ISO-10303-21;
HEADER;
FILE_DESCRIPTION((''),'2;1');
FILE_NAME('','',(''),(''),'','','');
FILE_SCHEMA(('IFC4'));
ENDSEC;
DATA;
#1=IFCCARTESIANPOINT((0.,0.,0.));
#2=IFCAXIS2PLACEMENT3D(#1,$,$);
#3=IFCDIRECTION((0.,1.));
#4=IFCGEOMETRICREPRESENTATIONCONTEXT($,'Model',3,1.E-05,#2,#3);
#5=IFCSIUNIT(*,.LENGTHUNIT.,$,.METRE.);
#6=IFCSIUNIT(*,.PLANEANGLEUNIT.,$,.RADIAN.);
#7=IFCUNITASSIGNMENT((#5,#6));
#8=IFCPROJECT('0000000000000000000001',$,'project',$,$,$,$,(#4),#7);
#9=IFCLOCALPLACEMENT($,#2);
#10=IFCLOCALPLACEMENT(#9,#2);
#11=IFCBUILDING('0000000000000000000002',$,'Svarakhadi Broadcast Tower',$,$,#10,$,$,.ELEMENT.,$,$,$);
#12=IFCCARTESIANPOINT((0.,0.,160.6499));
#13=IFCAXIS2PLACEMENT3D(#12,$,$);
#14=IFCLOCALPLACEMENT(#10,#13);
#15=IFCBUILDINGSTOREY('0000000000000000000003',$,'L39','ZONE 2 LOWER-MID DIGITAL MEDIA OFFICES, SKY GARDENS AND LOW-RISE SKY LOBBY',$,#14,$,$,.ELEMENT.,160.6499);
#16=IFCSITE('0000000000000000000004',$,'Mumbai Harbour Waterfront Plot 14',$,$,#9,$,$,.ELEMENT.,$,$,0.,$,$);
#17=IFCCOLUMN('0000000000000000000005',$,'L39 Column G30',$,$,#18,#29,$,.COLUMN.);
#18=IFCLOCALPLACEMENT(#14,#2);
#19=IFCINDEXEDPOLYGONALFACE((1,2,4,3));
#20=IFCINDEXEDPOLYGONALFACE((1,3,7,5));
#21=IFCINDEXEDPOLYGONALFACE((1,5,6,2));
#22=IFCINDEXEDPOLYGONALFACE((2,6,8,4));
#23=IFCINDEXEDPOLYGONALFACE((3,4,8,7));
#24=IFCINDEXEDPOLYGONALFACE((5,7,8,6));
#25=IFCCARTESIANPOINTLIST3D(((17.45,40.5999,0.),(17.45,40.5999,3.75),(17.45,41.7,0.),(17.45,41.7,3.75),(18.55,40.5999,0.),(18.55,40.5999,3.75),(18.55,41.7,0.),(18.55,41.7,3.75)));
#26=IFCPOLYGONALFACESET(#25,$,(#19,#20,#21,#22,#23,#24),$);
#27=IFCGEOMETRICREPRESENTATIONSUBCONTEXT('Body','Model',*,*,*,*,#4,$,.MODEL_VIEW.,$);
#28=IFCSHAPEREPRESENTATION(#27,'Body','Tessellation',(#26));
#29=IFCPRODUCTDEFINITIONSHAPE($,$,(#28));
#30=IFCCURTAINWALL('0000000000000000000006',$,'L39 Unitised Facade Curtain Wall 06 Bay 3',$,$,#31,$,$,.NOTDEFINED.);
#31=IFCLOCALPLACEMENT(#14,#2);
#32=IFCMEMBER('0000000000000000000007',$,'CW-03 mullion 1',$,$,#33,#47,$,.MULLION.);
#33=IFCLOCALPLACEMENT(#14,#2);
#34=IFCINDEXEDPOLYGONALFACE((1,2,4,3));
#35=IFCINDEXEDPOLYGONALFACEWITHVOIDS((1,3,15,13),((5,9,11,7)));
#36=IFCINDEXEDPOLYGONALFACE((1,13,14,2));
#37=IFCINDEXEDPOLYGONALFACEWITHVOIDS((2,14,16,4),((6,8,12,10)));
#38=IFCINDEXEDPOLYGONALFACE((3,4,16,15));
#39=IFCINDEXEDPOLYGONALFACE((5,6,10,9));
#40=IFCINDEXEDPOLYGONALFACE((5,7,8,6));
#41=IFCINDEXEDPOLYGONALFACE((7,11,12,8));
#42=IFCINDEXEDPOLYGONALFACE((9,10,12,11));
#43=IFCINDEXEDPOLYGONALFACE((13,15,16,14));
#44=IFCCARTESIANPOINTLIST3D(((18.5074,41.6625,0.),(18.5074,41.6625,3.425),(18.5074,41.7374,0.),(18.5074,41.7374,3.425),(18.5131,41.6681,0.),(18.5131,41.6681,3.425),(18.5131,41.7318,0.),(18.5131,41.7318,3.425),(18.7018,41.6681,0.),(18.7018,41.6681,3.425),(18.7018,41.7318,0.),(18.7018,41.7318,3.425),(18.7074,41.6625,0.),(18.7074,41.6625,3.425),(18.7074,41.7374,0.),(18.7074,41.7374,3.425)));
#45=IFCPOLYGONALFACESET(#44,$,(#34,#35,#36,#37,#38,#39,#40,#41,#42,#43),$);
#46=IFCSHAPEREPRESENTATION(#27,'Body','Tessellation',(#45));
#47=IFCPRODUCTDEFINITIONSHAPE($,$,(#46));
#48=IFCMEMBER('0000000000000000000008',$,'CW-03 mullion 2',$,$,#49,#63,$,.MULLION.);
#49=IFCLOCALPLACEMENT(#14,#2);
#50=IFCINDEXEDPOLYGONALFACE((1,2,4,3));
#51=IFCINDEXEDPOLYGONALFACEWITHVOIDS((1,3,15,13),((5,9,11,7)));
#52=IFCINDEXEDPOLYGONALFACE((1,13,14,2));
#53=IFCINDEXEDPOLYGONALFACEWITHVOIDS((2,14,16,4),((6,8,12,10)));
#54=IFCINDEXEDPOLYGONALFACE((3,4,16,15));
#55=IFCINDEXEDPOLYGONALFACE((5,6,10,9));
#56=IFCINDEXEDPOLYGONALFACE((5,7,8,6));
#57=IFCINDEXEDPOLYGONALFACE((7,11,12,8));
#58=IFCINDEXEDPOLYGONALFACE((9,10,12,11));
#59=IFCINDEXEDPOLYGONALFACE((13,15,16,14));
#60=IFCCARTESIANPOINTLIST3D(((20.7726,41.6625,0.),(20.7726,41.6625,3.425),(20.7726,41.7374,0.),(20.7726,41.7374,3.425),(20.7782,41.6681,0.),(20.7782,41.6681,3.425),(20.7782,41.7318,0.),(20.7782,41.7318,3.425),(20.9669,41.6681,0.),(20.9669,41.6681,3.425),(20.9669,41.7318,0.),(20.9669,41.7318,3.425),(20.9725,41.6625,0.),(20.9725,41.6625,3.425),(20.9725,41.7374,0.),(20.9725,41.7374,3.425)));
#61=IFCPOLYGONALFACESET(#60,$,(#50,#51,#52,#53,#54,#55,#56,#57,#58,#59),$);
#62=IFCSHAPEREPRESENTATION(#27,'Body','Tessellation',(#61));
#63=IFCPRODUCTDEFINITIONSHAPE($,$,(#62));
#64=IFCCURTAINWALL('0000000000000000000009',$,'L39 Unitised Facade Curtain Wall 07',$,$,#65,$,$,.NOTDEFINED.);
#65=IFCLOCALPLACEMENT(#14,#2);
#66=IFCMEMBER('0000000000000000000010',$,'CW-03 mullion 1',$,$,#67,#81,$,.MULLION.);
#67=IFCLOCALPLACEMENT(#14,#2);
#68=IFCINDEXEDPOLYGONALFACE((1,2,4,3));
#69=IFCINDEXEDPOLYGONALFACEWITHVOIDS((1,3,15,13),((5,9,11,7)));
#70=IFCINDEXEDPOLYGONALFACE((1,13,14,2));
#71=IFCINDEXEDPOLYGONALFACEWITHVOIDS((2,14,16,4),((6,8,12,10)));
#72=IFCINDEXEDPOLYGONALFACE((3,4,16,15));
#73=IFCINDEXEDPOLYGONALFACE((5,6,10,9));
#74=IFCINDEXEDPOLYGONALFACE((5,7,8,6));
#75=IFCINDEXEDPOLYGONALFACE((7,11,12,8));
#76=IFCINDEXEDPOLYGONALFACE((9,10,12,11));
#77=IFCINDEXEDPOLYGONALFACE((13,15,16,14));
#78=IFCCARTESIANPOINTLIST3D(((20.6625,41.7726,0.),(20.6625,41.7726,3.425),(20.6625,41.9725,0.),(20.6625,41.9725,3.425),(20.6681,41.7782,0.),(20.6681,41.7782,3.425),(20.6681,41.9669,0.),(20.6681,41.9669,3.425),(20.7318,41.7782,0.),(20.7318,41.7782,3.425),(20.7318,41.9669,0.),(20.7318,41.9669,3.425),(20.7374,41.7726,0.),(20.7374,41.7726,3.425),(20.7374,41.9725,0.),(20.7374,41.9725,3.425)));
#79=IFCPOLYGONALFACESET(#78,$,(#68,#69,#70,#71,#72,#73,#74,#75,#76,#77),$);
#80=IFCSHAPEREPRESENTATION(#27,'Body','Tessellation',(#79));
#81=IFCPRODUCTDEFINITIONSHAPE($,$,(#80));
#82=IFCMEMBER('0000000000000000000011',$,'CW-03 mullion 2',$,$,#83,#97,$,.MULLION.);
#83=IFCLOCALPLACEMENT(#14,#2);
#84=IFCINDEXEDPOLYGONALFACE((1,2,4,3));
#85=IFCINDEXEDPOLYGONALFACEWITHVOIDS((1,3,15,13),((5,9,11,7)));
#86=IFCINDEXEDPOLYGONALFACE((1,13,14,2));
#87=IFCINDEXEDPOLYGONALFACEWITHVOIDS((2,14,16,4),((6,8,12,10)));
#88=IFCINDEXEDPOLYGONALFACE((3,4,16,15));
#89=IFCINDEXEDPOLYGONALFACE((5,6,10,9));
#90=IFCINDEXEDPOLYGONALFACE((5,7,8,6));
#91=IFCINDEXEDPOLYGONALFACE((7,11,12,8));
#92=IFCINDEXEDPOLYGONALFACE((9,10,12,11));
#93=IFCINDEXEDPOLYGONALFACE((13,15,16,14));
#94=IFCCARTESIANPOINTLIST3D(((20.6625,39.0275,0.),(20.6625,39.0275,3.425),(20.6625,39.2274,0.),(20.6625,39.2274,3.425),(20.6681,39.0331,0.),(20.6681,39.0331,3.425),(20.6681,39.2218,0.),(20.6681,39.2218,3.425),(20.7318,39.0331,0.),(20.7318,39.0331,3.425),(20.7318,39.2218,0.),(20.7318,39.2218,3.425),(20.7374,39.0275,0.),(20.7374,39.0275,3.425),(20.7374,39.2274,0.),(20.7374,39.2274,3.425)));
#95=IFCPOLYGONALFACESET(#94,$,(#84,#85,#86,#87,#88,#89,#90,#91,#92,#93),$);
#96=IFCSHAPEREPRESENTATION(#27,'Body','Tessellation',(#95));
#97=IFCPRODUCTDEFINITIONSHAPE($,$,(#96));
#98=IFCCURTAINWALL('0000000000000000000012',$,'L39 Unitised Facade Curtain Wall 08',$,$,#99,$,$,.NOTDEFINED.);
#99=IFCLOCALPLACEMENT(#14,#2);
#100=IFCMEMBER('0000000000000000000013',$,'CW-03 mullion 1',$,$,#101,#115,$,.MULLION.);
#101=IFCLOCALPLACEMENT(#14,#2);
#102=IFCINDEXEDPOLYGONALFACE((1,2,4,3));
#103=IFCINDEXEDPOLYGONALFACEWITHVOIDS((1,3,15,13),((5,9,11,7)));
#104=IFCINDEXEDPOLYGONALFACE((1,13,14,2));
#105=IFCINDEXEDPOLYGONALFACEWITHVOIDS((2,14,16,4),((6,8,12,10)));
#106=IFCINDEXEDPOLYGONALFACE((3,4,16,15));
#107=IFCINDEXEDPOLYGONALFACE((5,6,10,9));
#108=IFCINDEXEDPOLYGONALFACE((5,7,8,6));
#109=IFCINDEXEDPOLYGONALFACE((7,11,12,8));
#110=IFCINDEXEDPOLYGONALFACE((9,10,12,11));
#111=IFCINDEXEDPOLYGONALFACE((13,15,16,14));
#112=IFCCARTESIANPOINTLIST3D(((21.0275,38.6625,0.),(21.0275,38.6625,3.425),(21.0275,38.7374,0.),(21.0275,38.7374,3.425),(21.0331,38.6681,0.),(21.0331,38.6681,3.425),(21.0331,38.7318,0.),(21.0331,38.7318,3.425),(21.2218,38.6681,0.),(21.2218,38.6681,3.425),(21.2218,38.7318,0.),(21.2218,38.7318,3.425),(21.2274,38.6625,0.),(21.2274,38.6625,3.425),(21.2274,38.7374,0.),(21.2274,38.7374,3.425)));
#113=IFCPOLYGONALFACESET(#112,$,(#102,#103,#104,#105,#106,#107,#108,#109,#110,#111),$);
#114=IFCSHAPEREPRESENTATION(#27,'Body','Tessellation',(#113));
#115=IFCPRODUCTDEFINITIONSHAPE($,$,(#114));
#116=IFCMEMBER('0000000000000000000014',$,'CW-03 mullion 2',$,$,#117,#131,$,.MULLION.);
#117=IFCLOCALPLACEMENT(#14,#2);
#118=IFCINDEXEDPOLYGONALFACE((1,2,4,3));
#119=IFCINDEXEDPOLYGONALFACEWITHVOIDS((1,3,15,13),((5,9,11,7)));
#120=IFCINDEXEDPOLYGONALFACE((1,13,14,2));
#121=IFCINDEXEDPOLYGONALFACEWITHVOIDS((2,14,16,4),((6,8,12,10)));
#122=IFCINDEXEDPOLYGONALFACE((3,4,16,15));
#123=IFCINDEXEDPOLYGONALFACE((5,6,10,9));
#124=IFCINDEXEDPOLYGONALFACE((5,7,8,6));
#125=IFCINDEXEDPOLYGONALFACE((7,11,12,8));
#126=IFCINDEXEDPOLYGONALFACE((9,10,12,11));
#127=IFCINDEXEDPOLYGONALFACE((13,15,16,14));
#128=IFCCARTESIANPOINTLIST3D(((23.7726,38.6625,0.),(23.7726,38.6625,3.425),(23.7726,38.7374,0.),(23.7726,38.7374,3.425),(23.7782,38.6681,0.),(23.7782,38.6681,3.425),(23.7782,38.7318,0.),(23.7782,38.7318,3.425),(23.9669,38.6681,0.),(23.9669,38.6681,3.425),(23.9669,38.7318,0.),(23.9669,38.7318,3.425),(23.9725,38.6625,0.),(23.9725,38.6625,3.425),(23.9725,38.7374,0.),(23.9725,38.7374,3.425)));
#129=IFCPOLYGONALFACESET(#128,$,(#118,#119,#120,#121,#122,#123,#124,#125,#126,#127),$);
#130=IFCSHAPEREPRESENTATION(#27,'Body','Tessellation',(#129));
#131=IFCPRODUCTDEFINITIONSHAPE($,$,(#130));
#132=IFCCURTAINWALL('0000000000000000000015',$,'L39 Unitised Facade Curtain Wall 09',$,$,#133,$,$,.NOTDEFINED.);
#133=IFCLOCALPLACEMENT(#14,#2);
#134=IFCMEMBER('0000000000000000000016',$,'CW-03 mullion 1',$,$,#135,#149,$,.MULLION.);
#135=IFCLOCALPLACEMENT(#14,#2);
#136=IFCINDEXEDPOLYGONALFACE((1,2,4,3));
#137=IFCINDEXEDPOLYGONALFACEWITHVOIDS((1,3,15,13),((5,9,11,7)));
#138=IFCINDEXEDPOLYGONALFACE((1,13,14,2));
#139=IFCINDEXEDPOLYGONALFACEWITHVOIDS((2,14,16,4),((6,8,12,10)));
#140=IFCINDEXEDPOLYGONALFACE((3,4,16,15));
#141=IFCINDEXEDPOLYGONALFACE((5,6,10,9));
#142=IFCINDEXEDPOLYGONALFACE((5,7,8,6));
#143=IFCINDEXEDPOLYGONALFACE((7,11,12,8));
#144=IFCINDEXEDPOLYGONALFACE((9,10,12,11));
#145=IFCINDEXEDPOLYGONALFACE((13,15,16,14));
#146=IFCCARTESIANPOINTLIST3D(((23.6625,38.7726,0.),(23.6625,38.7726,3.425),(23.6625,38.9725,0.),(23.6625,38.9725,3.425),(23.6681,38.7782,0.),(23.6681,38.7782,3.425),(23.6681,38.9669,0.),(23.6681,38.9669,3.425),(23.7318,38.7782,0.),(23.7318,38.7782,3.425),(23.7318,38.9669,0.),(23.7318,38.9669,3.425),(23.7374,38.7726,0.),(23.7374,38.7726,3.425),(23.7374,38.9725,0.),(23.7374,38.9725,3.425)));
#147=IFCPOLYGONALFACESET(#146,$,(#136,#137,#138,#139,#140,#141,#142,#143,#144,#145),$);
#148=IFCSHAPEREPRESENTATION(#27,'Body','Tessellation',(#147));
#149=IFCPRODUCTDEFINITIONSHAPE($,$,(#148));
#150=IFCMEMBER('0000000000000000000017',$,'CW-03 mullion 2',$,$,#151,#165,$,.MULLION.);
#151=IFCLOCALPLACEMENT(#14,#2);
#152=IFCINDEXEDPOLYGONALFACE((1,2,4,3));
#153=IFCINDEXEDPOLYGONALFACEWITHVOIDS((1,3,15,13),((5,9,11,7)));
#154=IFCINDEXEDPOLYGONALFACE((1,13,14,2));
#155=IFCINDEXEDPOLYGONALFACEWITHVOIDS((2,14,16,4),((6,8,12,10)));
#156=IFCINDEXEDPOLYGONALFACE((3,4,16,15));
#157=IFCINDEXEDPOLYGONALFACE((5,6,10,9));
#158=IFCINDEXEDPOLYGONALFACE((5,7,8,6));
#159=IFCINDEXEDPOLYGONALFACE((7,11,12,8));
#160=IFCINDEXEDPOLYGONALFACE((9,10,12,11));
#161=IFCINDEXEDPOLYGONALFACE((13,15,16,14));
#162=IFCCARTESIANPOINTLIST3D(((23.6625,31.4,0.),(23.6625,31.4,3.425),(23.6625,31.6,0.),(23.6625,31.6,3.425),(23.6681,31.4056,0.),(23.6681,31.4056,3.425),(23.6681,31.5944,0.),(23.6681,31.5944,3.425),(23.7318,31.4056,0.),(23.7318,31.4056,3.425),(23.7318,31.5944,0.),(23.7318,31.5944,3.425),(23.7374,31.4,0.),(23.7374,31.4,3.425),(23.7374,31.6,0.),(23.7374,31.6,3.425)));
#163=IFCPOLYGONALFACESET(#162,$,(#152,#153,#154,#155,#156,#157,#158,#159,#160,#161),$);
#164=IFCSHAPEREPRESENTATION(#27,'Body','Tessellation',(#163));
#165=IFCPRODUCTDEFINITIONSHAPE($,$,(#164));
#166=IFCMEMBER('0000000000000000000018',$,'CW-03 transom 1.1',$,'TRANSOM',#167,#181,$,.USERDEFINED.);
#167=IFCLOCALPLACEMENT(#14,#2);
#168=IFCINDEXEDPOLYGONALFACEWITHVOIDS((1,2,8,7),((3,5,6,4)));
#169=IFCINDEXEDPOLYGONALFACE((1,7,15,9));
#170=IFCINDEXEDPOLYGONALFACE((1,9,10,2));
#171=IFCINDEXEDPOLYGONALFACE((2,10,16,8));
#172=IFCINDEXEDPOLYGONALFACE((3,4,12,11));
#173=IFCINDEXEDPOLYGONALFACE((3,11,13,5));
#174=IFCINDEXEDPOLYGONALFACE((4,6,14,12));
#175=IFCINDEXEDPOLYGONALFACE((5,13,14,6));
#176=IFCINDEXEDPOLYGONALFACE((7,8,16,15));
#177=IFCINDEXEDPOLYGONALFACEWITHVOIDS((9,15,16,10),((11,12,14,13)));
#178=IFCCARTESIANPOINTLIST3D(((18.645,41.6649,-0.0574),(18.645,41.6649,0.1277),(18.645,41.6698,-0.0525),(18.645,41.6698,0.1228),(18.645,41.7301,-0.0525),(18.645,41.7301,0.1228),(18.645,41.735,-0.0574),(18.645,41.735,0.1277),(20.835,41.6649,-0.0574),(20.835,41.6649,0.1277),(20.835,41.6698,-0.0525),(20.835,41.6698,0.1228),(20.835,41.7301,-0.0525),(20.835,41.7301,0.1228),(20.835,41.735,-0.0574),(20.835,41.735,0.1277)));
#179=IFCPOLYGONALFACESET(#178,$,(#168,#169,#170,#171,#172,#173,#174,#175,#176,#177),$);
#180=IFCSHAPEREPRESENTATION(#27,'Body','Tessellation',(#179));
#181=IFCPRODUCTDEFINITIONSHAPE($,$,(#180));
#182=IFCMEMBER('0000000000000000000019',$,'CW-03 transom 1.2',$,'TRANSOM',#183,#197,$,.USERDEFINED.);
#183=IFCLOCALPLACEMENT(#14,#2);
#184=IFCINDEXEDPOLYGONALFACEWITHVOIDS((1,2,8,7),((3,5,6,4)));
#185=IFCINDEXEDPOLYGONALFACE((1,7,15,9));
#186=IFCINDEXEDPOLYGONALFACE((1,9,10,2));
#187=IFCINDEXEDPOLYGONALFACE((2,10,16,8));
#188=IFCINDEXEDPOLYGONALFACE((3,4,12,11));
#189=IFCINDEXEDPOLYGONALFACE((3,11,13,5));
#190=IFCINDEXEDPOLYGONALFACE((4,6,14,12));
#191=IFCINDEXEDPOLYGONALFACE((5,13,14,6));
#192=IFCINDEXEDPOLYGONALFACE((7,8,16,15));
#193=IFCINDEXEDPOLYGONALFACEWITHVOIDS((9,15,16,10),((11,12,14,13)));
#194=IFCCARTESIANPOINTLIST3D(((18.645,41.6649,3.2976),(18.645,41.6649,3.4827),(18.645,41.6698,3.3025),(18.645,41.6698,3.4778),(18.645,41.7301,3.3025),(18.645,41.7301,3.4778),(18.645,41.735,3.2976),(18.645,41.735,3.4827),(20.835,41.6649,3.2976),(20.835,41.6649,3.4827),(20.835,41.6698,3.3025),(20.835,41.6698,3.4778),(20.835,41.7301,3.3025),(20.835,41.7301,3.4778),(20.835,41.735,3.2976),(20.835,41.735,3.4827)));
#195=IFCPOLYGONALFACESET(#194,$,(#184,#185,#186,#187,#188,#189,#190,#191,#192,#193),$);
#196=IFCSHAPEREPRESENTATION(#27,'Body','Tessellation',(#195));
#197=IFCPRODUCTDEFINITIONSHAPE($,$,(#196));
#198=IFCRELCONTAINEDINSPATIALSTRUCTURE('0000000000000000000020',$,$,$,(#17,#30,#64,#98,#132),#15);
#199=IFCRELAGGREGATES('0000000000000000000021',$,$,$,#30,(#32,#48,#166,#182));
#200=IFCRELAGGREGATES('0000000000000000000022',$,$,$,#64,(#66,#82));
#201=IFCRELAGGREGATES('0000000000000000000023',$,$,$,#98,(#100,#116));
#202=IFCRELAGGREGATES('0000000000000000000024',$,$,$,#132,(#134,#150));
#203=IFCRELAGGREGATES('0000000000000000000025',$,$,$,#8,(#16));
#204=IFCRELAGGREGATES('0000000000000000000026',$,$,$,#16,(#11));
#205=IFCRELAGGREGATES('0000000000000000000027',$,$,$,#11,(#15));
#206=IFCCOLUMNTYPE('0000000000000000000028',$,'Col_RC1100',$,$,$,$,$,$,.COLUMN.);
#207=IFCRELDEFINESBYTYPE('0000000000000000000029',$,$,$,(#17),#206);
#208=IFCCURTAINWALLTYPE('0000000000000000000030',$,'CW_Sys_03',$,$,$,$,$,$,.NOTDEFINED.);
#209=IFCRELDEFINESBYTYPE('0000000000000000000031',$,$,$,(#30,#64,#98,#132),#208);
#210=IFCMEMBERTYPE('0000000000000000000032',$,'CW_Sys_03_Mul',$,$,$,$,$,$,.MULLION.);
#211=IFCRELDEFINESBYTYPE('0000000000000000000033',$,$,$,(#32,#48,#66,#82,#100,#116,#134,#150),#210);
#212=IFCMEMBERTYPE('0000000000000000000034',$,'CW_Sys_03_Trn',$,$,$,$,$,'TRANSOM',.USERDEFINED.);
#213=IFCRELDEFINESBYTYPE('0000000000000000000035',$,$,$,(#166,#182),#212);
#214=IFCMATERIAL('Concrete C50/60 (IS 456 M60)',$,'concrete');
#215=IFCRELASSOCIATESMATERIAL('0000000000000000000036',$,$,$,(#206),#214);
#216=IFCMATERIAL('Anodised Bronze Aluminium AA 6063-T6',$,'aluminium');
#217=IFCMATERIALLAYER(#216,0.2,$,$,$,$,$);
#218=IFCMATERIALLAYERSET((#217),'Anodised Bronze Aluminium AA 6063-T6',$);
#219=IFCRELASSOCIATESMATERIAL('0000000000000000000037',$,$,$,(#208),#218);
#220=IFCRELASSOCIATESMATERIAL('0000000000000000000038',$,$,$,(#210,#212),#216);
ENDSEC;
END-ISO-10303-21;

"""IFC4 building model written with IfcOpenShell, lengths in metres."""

from ifc_helpers import new_model, si_unit, direction, frame, origin, origin_2d, place, context, subcontext, project, spatial, rectangle, hollow_rectangle, extrude, material, layer, layer_set, material_profile, profile_set, type_object, element, aggregate, save


model = new_model("IFC4")

# Units and contexts
model_context = context("Model", 3, precision=1e-05, world=origin(), true_north=direction((0.0, 1.0)))
body_context = subcontext(model_context, "Body", "Model", "MODEL_VIEW")
ifc_project = project(units=[si_unit("LENGTHUNIT", "METRE"), si_unit("PLANEANGLEUNIT", "RADIAN")], contexts=[model_context])

# Site, building, storey
site_placement = place(None, origin())
site = spatial("IfcSite", under=ifc_project, at=site_placement, Name="Mumbai Harbour Waterfront Plot 14", CompositionType="ELEMENT", RefElevation=0.0)
building_placement = place(site_placement, origin())
building = spatial("IfcBuilding", under=site, at=building_placement, Name="Svarakhadi Broadcast Tower", CompositionType="ELEMENT")
storey_placement = place(building_placement, frame((0.0, 0.0, 160.6499)))
storey = spatial("IfcBuildingStorey", under=building, at=storey_placement, Name="L39", Description="ZONE 2 LOWER-MID DIGITAL MEDIA OFFICES, SKY GARDENS AND LOW-RISE SKY LOBBY", CompositionType="ELEMENT", Elevation=160.6499)

# Column
ifc_material_1 = material(Name="Concrete C50/60 (IS 456 M60)", Category="concrete")
ifc_material_profile_1 = material_profile(ifc_material_1, rectangle(XDim=1.1001, YDim=1.1001, at=origin_2d()), Name="RC 1100x1100")
ifc_profile_set_1 = profile_set([ifc_material_profile_1], Name="Concrete C50/60 (IS 456 M60)")
column_type = type_object("IfcColumnType", Name="Col_RC1100", PredefinedType="COLUMN", material=ifc_profile_set_1)
column_placement = place(storey_placement, frame((18.0, 41.1499, 0.0), z_axis=(0.0, 0.0, 1.0), x_axis=(1.0, 0.0, 0.0)))
element("IfcColumn", 1, at=column_placement, inside=storey, type_object=column_type, Name="L39 Column G30", PredefinedType="COLUMN", context=body_context, shape_type="SweptSolid", body=[
    extrude(rectangle(XDim=1.1001, YDim=1.1001, at=origin_2d()), origin(), (0.0, 0.0, 1.0), 3.75),
])

# Curtain walls, members
ifc_material_2 = material(Name="Anodised Bronze Aluminium AA 6063-T6", Category="aluminium")
ifc_layer_1 = layer(ifc_material_2, 0.2)
ifc_layer_set_1 = layer_set([ifc_layer_1], Name="Anodised Bronze Aluminium AA 6063-T6")
curtain_wall_type = type_object("IfcCurtainWallType", Name="CW_Sys_03", PredefinedType="NOTDEFINED", material=ifc_layer_set_1)
curtain_wall_1_placement = place(storey_placement, origin())
curtain_wall_1 = element("IfcCurtainWall", 2, at=curtain_wall_1_placement, inside=storey, type_object=curtain_wall_type, Name="L39 Unitised Facade Curtain Wall 06 Bay 3", PredefinedType="NOTDEFINED")
ifc_material_profile_2 = material_profile(ifc_material_2, hollow_rectangle(XDim=0.075, YDim=0.2, WallThickness=0.0056, at=origin_2d()), Name="ALU MULLION 200x75x6")
ifc_profile_set_2 = profile_set([ifc_material_profile_2], Name="Anodised Bronze Aluminium AA 6063-T6")
member_type_1 = type_object("IfcMemberType", Name="CW_Sys_03_Mul", PredefinedType="MULLION", material=ifc_profile_set_2)
member_1_placement = place(storey_placement, frame((18.6074, 41.7, 0.0), z_axis=(0.0, 0.0, 1.0), x_axis=(0.0, 1.0, 0.0)))
member_1 = element("IfcMember", 3, at=member_1_placement, type_object=member_type_1, Name="CW-03 mullion 1", PredefinedType="MULLION", context=body_context, shape_type="SweptSolid", body=[
    extrude(hollow_rectangle(XDim=0.075, YDim=0.2, WallThickness=0.0056, at=origin_2d()), origin(), (0.0, 0.0, 1.0), 3.425),
])
member_2_placement = place(storey_placement, frame((20.8726, 41.7, 0.0), z_axis=(0.0, 0.0, 1.0), x_axis=(0.0, 1.0, 0.0)))
member_2 = element("IfcMember", 4, at=member_2_placement, type_object=member_type_1, Name="CW-03 mullion 2", PredefinedType="MULLION", context=body_context, shape_type="SweptSolid", body=[
    extrude(hollow_rectangle(XDim=0.075, YDim=0.2, WallThickness=0.0056, at=origin_2d()), origin(), (0.0, 0.0, 1.0), 3.425),
])
curtain_wall_2_placement = place(storey_placement, origin())
curtain_wall_2 = element("IfcCurtainWall", 5, at=curtain_wall_2_placement, inside=storey, type_object=curtain_wall_type, Name="L39 Unitised Facade Curtain Wall 07", PredefinedType="NOTDEFINED")
member_3_placement = place(storey_placement, frame((20.7, 41.8726, 0.0), z_axis=(0.0, 0.0, 1.0), x_axis=(1.0, 0.0, 0.0)))
member_3 = element("IfcMember", 6, at=member_3_placement, type_object=member_type_1, Name="CW-03 mullion 1", PredefinedType="MULLION", context=body_context, shape_type="SweptSolid", body=[
    extrude(hollow_rectangle(XDim=0.075, YDim=0.2, WallThickness=0.0056, at=origin_2d()), origin(), (0.0, 0.0, 1.0), 3.425),
])
member_4_placement = place(storey_placement, frame((20.7, 39.1274, 0.0), z_axis=(0.0, 0.0, 1.0), x_axis=(1.0, 0.0, 0.0)))
member_4 = element("IfcMember", 7, at=member_4_placement, type_object=member_type_1, Name="CW-03 mullion 2", PredefinedType="MULLION", context=body_context, shape_type="SweptSolid", body=[
    extrude(hollow_rectangle(XDim=0.075, YDim=0.2, WallThickness=0.0056, at=origin_2d()), origin(), (0.0, 0.0, 1.0), 3.425),
])
curtain_wall_3_placement = place(storey_placement, origin())
curtain_wall_3 = element("IfcCurtainWall", 8, at=curtain_wall_3_placement, inside=storey, type_object=curtain_wall_type, Name="L39 Unitised Facade Curtain Wall 08", PredefinedType="NOTDEFINED")
member_5_placement = place(storey_placement, frame((21.1274, 38.7, 0.0), z_axis=(0.0, 0.0, 1.0), x_axis=(0.0, 1.0, 0.0)))
member_5 = element("IfcMember", 9, at=member_5_placement, type_object=member_type_1, Name="CW-03 mullion 1", PredefinedType="MULLION", context=body_context, shape_type="SweptSolid", body=[
    extrude(hollow_rectangle(XDim=0.075, YDim=0.2, WallThickness=0.0056, at=origin_2d()), origin(), (0.0, 0.0, 1.0), 3.425),
])
member_6_placement = place(storey_placement, frame((23.8726, 38.7, 0.0), z_axis=(0.0, 0.0, 1.0), x_axis=(0.0, 1.0, 0.0)))
member_6 = element("IfcMember", 10, at=member_6_placement, type_object=member_type_1, Name="CW-03 mullion 2", PredefinedType="MULLION", context=body_context, shape_type="SweptSolid", body=[
    extrude(hollow_rectangle(XDim=0.075, YDim=0.2, WallThickness=0.0056, at=origin_2d()), origin(), (0.0, 0.0, 1.0), 3.425),
])
curtain_wall_4_placement = place(storey_placement, origin())
curtain_wall_4 = element("IfcCurtainWall", 11, at=curtain_wall_4_placement, inside=storey, type_object=curtain_wall_type, Name="L39 Unitised Facade Curtain Wall 09", PredefinedType="NOTDEFINED")
member_7_placement = place(storey_placement, frame((23.7, 38.8726, 0.0), z_axis=(0.0, 0.0, 1.0), x_axis=(1.0, 0.0, 0.0)))
member_7 = element("IfcMember", 12, at=member_7_placement, type_object=member_type_1, Name="CW-03 mullion 1", PredefinedType="MULLION", context=body_context, shape_type="SweptSolid", body=[
    extrude(hollow_rectangle(XDim=0.075, YDim=0.2, WallThickness=0.0056, at=origin_2d()), origin(), (0.0, 0.0, 1.0), 3.425),
])
member_8_placement = place(storey_placement, frame((23.7, 31.5, 0.0), z_axis=(0.0, 0.0, 1.0), x_axis=(1.0, 0.0, 0.0)))
member_8 = element("IfcMember", 13, at=member_8_placement, type_object=member_type_1, Name="CW-03 mullion 2", PredefinedType="MULLION", context=body_context, shape_type="SweptSolid", body=[
    extrude(hollow_rectangle(XDim=0.075, YDim=0.2, WallThickness=0.0056, at=origin_2d()), origin(), (0.0, 0.0, 1.0), 3.425),
])

# Members
ifc_material_profile_3 = material_profile(ifc_material_2, hollow_rectangle(XDim=0.0701, YDim=0.1851, WallThickness=0.0049, at=origin_2d()), Name="ALU TRANSOM 185x70x5")
ifc_profile_set_3 = profile_set([ifc_material_profile_3], Name="Anodised Bronze Aluminium AA 6063-T6")
member_type_2 = type_object("IfcMemberType", Name="CW_Sys_03_Trn", ElementType="TRANSOM", PredefinedType="USERDEFINED", material=ifc_profile_set_3)
member_9_placement = place(storey_placement, frame((18.645, 41.7, 0.0352), z_axis=(1.0, 0.0, 0.0), x_axis=(0.0, 1.0, 0.0)))
member_9 = element("IfcMember", 14, at=member_9_placement, type_object=member_type_2, Name="CW-03 transom 1.1", ObjectType="TRANSOM", PredefinedType="USERDEFINED", context=body_context, shape_type="SweptSolid", body=[
    extrude(hollow_rectangle(XDim=0.0701, YDim=0.1851, WallThickness=0.0049, at=origin_2d()), origin(), (0.0, 0.0, 1.0), 2.1899),
])
member_10_placement = place(storey_placement, frame((18.645, 41.7, 3.3901), z_axis=(1.0, 0.0, 0.0), x_axis=(0.0, 1.0, 0.0)))
member_10 = element("IfcMember", 15, at=member_10_placement, type_object=member_type_2, Name="CW-03 transom 1.2", ObjectType="TRANSOM", PredefinedType="USERDEFINED", context=body_context, shape_type="SweptSolid", body=[
    extrude(hollow_rectangle(XDim=0.0701, YDim=0.1851, WallThickness=0.0049, at=origin_2d()), origin(), (0.0, 0.0, 1.0), 2.1899),
])

aggregate(curtain_wall_1, [member_1, member_2, member_9, member_10])
aggregate(curtain_wall_2, [member_3, member_4])
aggregate(curtain_wall_3, [member_5, member_6])
aggregate(curtain_wall_4, [member_7, member_8])

save(model, "model.ifc")
